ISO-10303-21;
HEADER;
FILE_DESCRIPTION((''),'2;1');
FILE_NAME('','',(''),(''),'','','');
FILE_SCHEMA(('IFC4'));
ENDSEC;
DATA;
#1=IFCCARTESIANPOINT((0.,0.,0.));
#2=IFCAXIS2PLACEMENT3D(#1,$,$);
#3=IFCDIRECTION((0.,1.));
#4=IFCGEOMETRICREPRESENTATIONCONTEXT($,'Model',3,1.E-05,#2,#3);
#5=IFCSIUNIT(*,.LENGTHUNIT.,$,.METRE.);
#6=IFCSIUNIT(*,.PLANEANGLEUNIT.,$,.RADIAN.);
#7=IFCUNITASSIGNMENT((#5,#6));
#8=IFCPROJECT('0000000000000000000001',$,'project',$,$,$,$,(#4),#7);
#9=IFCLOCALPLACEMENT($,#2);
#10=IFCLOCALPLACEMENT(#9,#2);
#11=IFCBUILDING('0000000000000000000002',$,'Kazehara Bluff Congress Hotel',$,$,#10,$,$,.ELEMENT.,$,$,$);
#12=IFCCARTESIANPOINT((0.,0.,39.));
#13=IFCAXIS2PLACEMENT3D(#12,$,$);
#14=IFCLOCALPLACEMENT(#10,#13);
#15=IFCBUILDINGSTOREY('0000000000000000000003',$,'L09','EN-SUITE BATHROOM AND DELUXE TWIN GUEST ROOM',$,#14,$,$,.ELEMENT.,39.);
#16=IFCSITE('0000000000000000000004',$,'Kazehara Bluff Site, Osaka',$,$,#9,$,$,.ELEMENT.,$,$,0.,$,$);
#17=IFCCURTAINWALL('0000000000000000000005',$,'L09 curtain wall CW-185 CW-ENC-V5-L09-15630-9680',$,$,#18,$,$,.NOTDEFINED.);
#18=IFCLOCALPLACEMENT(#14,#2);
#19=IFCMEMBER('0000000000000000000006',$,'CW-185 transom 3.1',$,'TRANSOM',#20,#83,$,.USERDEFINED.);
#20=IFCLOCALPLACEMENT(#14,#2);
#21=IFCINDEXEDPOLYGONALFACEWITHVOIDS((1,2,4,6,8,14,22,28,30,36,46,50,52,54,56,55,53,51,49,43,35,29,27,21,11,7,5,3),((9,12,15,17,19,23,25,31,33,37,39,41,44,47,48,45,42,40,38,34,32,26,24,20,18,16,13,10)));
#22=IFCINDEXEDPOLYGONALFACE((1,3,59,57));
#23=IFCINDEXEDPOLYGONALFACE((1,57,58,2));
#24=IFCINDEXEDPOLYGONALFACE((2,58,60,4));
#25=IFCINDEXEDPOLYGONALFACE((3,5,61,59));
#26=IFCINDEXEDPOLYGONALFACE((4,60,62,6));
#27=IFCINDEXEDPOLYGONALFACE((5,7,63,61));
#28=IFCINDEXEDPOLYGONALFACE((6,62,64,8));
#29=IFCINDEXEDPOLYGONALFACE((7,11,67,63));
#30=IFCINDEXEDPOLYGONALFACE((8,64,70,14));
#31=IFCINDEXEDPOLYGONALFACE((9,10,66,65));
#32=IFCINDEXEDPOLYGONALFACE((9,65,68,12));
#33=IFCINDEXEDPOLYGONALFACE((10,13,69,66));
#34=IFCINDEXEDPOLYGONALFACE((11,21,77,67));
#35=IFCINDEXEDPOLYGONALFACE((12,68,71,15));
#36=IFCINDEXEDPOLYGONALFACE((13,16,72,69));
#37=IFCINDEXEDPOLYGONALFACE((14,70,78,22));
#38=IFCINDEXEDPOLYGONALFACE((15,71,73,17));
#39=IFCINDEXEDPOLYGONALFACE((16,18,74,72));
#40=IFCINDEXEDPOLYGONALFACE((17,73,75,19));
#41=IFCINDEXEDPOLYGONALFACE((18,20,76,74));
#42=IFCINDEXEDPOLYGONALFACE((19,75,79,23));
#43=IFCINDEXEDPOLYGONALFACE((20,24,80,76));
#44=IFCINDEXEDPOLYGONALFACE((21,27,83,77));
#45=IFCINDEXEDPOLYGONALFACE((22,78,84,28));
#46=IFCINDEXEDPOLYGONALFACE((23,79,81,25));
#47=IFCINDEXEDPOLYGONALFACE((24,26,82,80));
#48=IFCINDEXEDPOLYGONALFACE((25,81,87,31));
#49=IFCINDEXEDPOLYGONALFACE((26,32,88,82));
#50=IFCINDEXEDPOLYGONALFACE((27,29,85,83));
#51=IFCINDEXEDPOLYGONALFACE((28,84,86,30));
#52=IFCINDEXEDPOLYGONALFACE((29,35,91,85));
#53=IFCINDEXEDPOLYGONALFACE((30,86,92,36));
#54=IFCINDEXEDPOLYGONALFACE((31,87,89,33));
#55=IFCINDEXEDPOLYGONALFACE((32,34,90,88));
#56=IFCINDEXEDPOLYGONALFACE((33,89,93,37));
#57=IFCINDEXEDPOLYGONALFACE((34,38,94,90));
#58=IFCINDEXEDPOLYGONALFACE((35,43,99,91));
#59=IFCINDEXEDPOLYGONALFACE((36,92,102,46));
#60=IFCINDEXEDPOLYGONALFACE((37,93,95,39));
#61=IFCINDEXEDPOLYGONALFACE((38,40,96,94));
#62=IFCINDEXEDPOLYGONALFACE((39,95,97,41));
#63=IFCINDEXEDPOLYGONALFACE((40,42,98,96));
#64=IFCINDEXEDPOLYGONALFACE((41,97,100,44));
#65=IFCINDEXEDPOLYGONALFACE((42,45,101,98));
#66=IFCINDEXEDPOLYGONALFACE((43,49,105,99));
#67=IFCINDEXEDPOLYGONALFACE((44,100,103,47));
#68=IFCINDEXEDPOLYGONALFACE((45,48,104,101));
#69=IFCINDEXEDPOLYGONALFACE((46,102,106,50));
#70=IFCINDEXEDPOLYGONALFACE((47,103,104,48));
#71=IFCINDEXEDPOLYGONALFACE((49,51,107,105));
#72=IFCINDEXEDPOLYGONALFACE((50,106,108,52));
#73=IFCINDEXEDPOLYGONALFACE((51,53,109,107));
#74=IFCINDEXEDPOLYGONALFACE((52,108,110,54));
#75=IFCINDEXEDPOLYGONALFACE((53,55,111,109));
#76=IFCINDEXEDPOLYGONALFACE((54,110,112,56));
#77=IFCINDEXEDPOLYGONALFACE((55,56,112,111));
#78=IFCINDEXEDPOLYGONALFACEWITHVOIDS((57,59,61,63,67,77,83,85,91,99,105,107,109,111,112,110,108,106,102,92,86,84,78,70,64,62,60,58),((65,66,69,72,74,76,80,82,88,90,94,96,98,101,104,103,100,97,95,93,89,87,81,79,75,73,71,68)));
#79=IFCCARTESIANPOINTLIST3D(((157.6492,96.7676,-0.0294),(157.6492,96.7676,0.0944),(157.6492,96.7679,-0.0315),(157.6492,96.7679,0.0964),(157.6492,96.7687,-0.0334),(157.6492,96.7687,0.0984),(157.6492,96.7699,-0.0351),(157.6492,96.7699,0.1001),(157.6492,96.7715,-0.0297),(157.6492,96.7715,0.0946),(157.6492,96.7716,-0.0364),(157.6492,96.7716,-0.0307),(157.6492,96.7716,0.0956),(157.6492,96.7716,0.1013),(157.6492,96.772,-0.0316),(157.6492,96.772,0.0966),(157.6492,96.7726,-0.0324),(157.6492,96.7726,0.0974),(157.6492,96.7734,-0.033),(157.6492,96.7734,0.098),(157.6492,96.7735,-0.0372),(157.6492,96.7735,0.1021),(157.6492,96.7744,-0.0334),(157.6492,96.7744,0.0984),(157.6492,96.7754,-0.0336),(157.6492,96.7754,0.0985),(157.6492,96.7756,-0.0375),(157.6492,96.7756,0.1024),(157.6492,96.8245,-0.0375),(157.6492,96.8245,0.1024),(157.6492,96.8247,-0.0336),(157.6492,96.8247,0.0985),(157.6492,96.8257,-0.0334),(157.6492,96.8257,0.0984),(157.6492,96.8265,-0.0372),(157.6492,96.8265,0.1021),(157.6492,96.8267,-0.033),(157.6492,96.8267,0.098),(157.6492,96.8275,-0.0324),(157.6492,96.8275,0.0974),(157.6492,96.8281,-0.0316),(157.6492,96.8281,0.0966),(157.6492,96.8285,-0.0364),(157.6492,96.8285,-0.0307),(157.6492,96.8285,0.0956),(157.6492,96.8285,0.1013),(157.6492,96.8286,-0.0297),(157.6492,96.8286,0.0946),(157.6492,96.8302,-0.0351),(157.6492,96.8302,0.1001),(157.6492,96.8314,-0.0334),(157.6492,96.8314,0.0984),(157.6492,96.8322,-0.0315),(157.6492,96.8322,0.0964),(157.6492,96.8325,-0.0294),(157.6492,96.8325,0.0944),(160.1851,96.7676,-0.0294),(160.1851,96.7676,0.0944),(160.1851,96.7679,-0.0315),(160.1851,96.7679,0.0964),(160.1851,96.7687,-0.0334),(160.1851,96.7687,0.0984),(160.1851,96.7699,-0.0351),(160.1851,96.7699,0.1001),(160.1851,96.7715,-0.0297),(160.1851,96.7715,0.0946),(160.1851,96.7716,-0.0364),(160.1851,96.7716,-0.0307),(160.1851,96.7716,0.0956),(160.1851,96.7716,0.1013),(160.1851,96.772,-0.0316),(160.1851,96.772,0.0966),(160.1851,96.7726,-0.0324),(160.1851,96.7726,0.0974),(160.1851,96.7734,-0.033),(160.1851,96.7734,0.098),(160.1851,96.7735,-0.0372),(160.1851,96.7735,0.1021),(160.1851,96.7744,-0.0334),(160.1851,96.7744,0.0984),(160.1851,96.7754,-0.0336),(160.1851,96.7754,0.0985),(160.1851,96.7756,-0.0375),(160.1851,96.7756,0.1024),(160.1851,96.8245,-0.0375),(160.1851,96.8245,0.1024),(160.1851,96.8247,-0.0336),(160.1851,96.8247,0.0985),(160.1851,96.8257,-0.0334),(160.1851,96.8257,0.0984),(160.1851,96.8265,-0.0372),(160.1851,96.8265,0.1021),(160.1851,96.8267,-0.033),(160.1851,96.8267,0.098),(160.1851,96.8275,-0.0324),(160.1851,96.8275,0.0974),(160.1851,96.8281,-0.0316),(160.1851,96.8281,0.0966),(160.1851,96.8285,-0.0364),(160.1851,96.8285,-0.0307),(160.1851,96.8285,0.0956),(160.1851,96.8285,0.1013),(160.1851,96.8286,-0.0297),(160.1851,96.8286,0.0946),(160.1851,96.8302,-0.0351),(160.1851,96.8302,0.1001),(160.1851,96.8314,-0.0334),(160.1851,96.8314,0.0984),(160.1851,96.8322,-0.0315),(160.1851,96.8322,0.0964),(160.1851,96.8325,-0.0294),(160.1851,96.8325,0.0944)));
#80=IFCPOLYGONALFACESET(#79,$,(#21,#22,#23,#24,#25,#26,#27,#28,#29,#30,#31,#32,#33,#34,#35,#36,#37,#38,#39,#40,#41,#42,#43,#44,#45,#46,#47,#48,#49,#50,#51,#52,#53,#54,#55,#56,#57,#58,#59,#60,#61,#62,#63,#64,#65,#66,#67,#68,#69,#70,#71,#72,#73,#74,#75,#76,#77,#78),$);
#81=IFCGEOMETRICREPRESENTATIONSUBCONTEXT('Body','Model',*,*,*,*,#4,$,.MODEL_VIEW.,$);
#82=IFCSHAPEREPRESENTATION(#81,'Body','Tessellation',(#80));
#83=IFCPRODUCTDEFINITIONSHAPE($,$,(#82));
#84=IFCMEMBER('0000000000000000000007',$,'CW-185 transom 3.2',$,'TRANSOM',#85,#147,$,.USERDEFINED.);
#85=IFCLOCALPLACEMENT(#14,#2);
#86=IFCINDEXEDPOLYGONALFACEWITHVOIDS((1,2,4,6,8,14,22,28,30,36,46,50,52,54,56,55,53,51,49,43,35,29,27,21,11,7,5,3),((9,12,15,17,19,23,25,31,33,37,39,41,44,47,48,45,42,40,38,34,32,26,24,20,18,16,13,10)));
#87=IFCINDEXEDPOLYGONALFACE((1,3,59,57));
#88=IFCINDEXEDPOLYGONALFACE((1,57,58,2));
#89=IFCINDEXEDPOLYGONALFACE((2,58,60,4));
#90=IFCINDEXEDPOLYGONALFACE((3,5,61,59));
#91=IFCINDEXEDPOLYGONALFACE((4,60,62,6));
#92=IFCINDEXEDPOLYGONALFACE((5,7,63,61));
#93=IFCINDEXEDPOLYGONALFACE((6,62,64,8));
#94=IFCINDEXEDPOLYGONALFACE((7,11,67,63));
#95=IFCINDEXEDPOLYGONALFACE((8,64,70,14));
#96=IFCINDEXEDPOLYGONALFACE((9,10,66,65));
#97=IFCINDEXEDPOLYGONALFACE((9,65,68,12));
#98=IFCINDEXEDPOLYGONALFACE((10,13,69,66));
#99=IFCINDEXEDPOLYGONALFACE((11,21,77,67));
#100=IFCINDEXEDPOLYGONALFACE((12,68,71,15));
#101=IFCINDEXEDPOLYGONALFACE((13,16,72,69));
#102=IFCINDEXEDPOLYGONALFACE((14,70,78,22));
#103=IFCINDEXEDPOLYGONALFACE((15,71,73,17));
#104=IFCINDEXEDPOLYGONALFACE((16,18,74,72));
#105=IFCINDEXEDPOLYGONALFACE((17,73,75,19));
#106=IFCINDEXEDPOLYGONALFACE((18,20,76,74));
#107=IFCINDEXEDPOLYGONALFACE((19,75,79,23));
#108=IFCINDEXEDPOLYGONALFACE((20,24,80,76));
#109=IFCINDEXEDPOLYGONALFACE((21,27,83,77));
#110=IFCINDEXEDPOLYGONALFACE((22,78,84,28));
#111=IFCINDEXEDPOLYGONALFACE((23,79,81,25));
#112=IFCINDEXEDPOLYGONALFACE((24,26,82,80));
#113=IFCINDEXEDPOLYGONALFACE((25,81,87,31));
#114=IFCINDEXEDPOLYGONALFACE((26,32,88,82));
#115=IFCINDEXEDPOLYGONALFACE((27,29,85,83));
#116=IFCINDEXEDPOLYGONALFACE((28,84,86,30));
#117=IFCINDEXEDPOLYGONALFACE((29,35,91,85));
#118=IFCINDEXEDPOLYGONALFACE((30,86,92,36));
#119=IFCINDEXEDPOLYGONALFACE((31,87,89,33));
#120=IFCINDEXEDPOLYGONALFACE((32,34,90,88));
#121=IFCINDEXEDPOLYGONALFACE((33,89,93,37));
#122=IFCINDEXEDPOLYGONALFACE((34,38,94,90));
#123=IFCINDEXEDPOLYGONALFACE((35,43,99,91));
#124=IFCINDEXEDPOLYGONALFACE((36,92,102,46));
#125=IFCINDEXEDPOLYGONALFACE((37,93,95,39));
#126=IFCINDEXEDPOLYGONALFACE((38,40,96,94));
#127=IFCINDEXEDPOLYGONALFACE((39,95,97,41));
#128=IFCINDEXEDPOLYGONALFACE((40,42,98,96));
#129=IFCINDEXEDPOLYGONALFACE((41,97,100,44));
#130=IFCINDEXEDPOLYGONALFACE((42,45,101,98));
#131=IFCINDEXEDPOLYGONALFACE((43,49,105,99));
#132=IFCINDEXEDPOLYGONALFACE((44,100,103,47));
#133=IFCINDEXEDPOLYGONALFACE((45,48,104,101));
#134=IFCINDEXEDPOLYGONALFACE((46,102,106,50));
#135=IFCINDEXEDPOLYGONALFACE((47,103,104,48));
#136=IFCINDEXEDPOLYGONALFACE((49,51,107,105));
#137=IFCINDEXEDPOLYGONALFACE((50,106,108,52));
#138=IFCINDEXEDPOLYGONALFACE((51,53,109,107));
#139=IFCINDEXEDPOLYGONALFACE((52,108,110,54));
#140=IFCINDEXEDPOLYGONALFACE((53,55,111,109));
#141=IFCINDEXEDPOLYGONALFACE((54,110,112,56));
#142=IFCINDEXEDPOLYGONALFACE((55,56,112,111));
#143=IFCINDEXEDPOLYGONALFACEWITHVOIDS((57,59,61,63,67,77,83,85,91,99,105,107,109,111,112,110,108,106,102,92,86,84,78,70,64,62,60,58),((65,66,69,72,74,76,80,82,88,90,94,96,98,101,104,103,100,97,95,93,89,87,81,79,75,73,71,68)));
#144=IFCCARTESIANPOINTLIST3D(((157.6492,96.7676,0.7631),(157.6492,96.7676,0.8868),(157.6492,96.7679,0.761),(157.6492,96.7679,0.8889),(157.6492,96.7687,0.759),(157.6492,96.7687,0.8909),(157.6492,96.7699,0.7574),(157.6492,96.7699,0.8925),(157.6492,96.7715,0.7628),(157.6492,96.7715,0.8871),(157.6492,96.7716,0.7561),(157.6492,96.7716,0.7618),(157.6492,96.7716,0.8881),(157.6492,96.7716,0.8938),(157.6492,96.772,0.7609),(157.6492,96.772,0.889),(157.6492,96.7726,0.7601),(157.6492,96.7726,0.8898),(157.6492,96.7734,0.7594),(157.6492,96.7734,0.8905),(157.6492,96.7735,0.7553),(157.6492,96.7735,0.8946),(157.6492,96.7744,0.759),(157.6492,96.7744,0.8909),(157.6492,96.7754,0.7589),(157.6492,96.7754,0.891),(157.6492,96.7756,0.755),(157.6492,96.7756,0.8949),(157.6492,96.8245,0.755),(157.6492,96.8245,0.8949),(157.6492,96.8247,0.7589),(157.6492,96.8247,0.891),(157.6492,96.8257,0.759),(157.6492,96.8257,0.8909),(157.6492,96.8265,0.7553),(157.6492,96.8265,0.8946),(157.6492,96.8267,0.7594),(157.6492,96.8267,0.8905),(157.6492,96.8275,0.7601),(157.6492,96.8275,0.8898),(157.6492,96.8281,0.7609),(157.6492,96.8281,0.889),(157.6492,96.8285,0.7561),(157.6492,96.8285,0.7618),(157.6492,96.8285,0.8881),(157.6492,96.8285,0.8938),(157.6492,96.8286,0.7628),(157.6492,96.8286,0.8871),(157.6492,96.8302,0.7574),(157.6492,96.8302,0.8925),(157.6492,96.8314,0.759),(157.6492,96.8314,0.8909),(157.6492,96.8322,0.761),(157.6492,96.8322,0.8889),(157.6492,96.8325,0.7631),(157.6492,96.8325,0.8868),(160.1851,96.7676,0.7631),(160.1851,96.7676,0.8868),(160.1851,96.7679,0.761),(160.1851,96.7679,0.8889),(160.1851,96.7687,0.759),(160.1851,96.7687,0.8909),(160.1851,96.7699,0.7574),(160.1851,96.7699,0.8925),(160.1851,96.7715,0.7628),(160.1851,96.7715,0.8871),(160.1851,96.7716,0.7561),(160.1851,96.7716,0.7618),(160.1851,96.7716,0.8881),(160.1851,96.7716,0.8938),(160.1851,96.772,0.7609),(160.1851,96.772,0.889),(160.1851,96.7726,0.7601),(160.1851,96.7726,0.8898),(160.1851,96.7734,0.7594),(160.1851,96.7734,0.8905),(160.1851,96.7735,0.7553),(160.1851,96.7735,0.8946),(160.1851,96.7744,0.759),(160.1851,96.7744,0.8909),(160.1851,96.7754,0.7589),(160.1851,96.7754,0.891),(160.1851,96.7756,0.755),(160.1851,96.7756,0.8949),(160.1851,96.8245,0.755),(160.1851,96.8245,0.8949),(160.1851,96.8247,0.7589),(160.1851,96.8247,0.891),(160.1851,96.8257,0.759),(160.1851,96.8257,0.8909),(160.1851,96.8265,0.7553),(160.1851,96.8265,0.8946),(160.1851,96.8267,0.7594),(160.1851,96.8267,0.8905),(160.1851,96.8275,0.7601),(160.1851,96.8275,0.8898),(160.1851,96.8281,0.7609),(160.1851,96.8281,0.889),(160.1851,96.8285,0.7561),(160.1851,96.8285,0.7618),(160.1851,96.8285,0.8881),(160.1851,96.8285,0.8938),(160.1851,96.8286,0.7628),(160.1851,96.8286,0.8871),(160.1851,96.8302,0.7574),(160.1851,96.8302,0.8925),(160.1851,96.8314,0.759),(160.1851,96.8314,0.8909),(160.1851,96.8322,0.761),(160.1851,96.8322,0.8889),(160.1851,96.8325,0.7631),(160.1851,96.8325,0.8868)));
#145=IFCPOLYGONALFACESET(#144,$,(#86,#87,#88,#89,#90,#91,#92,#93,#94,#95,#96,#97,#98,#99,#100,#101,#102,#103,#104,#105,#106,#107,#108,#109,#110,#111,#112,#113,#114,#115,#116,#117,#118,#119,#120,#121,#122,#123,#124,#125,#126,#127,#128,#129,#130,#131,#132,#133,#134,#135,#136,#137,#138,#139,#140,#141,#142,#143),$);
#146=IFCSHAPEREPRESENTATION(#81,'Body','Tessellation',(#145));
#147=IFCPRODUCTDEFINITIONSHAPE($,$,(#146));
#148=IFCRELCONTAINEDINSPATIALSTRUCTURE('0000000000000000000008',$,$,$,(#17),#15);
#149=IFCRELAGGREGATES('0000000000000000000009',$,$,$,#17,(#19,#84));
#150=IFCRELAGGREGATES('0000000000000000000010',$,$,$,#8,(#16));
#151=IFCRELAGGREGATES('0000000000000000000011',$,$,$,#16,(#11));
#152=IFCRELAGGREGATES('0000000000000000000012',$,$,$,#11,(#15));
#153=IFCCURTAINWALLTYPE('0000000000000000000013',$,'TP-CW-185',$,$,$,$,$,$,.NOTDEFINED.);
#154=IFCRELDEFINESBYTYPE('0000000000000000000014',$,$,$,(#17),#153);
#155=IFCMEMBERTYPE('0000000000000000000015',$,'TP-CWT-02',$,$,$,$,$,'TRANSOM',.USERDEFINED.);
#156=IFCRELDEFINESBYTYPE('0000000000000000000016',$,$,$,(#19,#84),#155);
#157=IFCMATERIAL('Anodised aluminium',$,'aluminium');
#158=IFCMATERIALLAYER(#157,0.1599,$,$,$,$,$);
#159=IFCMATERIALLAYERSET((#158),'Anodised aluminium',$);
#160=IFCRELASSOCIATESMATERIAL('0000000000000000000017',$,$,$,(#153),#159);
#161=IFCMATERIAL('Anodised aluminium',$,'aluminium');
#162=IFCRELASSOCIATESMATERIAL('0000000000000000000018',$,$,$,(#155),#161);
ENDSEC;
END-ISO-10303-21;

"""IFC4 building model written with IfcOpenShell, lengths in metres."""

from ifc_helpers import new_model, si_unit, direction, frame, origin, origin_2d, place, context, subcontext, project, spatial, hollow_rectangle, extrude, material, layer, layer_set, material_profile, profile_set, type_object, element, aggregate, save


model = new_model("IFC4")

# Units and contexts
model_context = context("Model", 3, precision=1e-05, world=origin(), true_north=direction((0.0, 1.0)))
body_context = subcontext(model_context, "Body", "Model", "MODEL_VIEW")
ifc_project = project(units=[si_unit("LENGTHUNIT", "METRE"), si_unit("PLANEANGLEUNIT", "RADIAN")], contexts=[model_context])

# Site, building, storey
site_placement = place(None, origin())
site = spatial("IfcSite", under=ifc_project, at=site_placement, Name="Kazehara Bluff Site, Osaka", CompositionType="ELEMENT", RefElevation=0.0)
building_placement = place(site_placement, origin())
building = spatial("IfcBuilding", under=site, at=building_placement, Name="Kazehara Bluff Congress Hotel", CompositionType="ELEMENT")
storey_placement = place(building_placement, frame((0.0, 0.0, 39.0)))
storey = spatial("IfcBuildingStorey", under=building, at=storey_placement, Name="L09", Description="EN-SUITE BATHROOM AND DELUXE TWIN GUEST ROOM", CompositionType="ELEMENT", Elevation=39.0)

# Curtain wall, members
ifc_material_1 = material(Name="Anodised aluminium", Category="aluminium")
ifc_layer_1 = layer(ifc_material_1, 0.1599)
ifc_layer_set_1 = layer_set([ifc_layer_1], Name="Anodised aluminium")
curtain_wall_type = type_object("IfcCurtainWallType", Name="TP-CW-185", PredefinedType="NOTDEFINED", material=ifc_layer_set_1)
curtain_wall_placement = place(storey_placement, origin())
curtain_wall = element("IfcCurtainWall", 1, at=curtain_wall_placement, inside=storey, type_object=curtain_wall_type, Name="L09 curtain wall CW-185 CW-ENC-V5-L09-15630-9680", PredefinedType="NOTDEFINED")
ifc_material_2 = material(Name="Anodised aluminium", Category="aluminium")
ifc_material_profile_1 = material_profile(ifc_material_2, hollow_rectangle(XDim=0.0649, YDim=0.1399, WallThickness=0.0039, InnerFilletRadius=0.0039, OuterFilletRadius=0.0081, at=origin_2d()))
ifc_profile_set_1 = profile_set([ifc_material_profile_1], Name="Anodised aluminium")
member_type_1 = type_object("IfcMemberType", Name="TP-CWT-02", ElementType="TRANSOM", PredefinedType="USERDEFINED", material=ifc_profile_set_1)
member_1_placement = place(storey_placement, frame((157.6492, 96.8, 0.0325), z_axis=(1.0, 0.0, 0.0), x_axis=(0.0, 1.0, 0.0)))
member_1 = element("IfcMember", 2, at=member_1_placement, type_object=member_type_1, Name="CW-185 transom 3.1", ObjectType="TRANSOM", PredefinedType="USERDEFINED", context=body_context, shape_type="SweptSolid", body=[
    extrude(hollow_rectangle(XDim=0.0649, YDim=0.1399, WallThickness=0.0039, InnerFilletRadius=0.0039, OuterFilletRadius=0.0081, at=origin_2d()), origin(), (0.0, 0.0, 1.0), 2.5359),
])
member_2_placement = place(storey_placement, frame((157.6492, 96.8, 0.825), z_axis=(1.0, 0.0, 0.0), x_axis=(0.0, 1.0, 0.0)))
member_2 = element("IfcMember", 3, at=member_2_placement, type_object=member_type_1, Name="CW-185 transom 3.2", ObjectType="TRANSOM", PredefinedType="USERDEFINED", context=body_context, shape_type="SweptSolid", body=[
    extrude(hollow_rectangle(XDim=0.0649, YDim=0.1399, WallThickness=0.0039, InnerFilletRadius=0.0039, OuterFilletRadius=0.0081, at=origin_2d()), origin(), (0.0, 0.0, 1.0), 2.5359),
])
aggregate(curtain_wall, [member_1, member_2])

save(model, "model.ifc")
